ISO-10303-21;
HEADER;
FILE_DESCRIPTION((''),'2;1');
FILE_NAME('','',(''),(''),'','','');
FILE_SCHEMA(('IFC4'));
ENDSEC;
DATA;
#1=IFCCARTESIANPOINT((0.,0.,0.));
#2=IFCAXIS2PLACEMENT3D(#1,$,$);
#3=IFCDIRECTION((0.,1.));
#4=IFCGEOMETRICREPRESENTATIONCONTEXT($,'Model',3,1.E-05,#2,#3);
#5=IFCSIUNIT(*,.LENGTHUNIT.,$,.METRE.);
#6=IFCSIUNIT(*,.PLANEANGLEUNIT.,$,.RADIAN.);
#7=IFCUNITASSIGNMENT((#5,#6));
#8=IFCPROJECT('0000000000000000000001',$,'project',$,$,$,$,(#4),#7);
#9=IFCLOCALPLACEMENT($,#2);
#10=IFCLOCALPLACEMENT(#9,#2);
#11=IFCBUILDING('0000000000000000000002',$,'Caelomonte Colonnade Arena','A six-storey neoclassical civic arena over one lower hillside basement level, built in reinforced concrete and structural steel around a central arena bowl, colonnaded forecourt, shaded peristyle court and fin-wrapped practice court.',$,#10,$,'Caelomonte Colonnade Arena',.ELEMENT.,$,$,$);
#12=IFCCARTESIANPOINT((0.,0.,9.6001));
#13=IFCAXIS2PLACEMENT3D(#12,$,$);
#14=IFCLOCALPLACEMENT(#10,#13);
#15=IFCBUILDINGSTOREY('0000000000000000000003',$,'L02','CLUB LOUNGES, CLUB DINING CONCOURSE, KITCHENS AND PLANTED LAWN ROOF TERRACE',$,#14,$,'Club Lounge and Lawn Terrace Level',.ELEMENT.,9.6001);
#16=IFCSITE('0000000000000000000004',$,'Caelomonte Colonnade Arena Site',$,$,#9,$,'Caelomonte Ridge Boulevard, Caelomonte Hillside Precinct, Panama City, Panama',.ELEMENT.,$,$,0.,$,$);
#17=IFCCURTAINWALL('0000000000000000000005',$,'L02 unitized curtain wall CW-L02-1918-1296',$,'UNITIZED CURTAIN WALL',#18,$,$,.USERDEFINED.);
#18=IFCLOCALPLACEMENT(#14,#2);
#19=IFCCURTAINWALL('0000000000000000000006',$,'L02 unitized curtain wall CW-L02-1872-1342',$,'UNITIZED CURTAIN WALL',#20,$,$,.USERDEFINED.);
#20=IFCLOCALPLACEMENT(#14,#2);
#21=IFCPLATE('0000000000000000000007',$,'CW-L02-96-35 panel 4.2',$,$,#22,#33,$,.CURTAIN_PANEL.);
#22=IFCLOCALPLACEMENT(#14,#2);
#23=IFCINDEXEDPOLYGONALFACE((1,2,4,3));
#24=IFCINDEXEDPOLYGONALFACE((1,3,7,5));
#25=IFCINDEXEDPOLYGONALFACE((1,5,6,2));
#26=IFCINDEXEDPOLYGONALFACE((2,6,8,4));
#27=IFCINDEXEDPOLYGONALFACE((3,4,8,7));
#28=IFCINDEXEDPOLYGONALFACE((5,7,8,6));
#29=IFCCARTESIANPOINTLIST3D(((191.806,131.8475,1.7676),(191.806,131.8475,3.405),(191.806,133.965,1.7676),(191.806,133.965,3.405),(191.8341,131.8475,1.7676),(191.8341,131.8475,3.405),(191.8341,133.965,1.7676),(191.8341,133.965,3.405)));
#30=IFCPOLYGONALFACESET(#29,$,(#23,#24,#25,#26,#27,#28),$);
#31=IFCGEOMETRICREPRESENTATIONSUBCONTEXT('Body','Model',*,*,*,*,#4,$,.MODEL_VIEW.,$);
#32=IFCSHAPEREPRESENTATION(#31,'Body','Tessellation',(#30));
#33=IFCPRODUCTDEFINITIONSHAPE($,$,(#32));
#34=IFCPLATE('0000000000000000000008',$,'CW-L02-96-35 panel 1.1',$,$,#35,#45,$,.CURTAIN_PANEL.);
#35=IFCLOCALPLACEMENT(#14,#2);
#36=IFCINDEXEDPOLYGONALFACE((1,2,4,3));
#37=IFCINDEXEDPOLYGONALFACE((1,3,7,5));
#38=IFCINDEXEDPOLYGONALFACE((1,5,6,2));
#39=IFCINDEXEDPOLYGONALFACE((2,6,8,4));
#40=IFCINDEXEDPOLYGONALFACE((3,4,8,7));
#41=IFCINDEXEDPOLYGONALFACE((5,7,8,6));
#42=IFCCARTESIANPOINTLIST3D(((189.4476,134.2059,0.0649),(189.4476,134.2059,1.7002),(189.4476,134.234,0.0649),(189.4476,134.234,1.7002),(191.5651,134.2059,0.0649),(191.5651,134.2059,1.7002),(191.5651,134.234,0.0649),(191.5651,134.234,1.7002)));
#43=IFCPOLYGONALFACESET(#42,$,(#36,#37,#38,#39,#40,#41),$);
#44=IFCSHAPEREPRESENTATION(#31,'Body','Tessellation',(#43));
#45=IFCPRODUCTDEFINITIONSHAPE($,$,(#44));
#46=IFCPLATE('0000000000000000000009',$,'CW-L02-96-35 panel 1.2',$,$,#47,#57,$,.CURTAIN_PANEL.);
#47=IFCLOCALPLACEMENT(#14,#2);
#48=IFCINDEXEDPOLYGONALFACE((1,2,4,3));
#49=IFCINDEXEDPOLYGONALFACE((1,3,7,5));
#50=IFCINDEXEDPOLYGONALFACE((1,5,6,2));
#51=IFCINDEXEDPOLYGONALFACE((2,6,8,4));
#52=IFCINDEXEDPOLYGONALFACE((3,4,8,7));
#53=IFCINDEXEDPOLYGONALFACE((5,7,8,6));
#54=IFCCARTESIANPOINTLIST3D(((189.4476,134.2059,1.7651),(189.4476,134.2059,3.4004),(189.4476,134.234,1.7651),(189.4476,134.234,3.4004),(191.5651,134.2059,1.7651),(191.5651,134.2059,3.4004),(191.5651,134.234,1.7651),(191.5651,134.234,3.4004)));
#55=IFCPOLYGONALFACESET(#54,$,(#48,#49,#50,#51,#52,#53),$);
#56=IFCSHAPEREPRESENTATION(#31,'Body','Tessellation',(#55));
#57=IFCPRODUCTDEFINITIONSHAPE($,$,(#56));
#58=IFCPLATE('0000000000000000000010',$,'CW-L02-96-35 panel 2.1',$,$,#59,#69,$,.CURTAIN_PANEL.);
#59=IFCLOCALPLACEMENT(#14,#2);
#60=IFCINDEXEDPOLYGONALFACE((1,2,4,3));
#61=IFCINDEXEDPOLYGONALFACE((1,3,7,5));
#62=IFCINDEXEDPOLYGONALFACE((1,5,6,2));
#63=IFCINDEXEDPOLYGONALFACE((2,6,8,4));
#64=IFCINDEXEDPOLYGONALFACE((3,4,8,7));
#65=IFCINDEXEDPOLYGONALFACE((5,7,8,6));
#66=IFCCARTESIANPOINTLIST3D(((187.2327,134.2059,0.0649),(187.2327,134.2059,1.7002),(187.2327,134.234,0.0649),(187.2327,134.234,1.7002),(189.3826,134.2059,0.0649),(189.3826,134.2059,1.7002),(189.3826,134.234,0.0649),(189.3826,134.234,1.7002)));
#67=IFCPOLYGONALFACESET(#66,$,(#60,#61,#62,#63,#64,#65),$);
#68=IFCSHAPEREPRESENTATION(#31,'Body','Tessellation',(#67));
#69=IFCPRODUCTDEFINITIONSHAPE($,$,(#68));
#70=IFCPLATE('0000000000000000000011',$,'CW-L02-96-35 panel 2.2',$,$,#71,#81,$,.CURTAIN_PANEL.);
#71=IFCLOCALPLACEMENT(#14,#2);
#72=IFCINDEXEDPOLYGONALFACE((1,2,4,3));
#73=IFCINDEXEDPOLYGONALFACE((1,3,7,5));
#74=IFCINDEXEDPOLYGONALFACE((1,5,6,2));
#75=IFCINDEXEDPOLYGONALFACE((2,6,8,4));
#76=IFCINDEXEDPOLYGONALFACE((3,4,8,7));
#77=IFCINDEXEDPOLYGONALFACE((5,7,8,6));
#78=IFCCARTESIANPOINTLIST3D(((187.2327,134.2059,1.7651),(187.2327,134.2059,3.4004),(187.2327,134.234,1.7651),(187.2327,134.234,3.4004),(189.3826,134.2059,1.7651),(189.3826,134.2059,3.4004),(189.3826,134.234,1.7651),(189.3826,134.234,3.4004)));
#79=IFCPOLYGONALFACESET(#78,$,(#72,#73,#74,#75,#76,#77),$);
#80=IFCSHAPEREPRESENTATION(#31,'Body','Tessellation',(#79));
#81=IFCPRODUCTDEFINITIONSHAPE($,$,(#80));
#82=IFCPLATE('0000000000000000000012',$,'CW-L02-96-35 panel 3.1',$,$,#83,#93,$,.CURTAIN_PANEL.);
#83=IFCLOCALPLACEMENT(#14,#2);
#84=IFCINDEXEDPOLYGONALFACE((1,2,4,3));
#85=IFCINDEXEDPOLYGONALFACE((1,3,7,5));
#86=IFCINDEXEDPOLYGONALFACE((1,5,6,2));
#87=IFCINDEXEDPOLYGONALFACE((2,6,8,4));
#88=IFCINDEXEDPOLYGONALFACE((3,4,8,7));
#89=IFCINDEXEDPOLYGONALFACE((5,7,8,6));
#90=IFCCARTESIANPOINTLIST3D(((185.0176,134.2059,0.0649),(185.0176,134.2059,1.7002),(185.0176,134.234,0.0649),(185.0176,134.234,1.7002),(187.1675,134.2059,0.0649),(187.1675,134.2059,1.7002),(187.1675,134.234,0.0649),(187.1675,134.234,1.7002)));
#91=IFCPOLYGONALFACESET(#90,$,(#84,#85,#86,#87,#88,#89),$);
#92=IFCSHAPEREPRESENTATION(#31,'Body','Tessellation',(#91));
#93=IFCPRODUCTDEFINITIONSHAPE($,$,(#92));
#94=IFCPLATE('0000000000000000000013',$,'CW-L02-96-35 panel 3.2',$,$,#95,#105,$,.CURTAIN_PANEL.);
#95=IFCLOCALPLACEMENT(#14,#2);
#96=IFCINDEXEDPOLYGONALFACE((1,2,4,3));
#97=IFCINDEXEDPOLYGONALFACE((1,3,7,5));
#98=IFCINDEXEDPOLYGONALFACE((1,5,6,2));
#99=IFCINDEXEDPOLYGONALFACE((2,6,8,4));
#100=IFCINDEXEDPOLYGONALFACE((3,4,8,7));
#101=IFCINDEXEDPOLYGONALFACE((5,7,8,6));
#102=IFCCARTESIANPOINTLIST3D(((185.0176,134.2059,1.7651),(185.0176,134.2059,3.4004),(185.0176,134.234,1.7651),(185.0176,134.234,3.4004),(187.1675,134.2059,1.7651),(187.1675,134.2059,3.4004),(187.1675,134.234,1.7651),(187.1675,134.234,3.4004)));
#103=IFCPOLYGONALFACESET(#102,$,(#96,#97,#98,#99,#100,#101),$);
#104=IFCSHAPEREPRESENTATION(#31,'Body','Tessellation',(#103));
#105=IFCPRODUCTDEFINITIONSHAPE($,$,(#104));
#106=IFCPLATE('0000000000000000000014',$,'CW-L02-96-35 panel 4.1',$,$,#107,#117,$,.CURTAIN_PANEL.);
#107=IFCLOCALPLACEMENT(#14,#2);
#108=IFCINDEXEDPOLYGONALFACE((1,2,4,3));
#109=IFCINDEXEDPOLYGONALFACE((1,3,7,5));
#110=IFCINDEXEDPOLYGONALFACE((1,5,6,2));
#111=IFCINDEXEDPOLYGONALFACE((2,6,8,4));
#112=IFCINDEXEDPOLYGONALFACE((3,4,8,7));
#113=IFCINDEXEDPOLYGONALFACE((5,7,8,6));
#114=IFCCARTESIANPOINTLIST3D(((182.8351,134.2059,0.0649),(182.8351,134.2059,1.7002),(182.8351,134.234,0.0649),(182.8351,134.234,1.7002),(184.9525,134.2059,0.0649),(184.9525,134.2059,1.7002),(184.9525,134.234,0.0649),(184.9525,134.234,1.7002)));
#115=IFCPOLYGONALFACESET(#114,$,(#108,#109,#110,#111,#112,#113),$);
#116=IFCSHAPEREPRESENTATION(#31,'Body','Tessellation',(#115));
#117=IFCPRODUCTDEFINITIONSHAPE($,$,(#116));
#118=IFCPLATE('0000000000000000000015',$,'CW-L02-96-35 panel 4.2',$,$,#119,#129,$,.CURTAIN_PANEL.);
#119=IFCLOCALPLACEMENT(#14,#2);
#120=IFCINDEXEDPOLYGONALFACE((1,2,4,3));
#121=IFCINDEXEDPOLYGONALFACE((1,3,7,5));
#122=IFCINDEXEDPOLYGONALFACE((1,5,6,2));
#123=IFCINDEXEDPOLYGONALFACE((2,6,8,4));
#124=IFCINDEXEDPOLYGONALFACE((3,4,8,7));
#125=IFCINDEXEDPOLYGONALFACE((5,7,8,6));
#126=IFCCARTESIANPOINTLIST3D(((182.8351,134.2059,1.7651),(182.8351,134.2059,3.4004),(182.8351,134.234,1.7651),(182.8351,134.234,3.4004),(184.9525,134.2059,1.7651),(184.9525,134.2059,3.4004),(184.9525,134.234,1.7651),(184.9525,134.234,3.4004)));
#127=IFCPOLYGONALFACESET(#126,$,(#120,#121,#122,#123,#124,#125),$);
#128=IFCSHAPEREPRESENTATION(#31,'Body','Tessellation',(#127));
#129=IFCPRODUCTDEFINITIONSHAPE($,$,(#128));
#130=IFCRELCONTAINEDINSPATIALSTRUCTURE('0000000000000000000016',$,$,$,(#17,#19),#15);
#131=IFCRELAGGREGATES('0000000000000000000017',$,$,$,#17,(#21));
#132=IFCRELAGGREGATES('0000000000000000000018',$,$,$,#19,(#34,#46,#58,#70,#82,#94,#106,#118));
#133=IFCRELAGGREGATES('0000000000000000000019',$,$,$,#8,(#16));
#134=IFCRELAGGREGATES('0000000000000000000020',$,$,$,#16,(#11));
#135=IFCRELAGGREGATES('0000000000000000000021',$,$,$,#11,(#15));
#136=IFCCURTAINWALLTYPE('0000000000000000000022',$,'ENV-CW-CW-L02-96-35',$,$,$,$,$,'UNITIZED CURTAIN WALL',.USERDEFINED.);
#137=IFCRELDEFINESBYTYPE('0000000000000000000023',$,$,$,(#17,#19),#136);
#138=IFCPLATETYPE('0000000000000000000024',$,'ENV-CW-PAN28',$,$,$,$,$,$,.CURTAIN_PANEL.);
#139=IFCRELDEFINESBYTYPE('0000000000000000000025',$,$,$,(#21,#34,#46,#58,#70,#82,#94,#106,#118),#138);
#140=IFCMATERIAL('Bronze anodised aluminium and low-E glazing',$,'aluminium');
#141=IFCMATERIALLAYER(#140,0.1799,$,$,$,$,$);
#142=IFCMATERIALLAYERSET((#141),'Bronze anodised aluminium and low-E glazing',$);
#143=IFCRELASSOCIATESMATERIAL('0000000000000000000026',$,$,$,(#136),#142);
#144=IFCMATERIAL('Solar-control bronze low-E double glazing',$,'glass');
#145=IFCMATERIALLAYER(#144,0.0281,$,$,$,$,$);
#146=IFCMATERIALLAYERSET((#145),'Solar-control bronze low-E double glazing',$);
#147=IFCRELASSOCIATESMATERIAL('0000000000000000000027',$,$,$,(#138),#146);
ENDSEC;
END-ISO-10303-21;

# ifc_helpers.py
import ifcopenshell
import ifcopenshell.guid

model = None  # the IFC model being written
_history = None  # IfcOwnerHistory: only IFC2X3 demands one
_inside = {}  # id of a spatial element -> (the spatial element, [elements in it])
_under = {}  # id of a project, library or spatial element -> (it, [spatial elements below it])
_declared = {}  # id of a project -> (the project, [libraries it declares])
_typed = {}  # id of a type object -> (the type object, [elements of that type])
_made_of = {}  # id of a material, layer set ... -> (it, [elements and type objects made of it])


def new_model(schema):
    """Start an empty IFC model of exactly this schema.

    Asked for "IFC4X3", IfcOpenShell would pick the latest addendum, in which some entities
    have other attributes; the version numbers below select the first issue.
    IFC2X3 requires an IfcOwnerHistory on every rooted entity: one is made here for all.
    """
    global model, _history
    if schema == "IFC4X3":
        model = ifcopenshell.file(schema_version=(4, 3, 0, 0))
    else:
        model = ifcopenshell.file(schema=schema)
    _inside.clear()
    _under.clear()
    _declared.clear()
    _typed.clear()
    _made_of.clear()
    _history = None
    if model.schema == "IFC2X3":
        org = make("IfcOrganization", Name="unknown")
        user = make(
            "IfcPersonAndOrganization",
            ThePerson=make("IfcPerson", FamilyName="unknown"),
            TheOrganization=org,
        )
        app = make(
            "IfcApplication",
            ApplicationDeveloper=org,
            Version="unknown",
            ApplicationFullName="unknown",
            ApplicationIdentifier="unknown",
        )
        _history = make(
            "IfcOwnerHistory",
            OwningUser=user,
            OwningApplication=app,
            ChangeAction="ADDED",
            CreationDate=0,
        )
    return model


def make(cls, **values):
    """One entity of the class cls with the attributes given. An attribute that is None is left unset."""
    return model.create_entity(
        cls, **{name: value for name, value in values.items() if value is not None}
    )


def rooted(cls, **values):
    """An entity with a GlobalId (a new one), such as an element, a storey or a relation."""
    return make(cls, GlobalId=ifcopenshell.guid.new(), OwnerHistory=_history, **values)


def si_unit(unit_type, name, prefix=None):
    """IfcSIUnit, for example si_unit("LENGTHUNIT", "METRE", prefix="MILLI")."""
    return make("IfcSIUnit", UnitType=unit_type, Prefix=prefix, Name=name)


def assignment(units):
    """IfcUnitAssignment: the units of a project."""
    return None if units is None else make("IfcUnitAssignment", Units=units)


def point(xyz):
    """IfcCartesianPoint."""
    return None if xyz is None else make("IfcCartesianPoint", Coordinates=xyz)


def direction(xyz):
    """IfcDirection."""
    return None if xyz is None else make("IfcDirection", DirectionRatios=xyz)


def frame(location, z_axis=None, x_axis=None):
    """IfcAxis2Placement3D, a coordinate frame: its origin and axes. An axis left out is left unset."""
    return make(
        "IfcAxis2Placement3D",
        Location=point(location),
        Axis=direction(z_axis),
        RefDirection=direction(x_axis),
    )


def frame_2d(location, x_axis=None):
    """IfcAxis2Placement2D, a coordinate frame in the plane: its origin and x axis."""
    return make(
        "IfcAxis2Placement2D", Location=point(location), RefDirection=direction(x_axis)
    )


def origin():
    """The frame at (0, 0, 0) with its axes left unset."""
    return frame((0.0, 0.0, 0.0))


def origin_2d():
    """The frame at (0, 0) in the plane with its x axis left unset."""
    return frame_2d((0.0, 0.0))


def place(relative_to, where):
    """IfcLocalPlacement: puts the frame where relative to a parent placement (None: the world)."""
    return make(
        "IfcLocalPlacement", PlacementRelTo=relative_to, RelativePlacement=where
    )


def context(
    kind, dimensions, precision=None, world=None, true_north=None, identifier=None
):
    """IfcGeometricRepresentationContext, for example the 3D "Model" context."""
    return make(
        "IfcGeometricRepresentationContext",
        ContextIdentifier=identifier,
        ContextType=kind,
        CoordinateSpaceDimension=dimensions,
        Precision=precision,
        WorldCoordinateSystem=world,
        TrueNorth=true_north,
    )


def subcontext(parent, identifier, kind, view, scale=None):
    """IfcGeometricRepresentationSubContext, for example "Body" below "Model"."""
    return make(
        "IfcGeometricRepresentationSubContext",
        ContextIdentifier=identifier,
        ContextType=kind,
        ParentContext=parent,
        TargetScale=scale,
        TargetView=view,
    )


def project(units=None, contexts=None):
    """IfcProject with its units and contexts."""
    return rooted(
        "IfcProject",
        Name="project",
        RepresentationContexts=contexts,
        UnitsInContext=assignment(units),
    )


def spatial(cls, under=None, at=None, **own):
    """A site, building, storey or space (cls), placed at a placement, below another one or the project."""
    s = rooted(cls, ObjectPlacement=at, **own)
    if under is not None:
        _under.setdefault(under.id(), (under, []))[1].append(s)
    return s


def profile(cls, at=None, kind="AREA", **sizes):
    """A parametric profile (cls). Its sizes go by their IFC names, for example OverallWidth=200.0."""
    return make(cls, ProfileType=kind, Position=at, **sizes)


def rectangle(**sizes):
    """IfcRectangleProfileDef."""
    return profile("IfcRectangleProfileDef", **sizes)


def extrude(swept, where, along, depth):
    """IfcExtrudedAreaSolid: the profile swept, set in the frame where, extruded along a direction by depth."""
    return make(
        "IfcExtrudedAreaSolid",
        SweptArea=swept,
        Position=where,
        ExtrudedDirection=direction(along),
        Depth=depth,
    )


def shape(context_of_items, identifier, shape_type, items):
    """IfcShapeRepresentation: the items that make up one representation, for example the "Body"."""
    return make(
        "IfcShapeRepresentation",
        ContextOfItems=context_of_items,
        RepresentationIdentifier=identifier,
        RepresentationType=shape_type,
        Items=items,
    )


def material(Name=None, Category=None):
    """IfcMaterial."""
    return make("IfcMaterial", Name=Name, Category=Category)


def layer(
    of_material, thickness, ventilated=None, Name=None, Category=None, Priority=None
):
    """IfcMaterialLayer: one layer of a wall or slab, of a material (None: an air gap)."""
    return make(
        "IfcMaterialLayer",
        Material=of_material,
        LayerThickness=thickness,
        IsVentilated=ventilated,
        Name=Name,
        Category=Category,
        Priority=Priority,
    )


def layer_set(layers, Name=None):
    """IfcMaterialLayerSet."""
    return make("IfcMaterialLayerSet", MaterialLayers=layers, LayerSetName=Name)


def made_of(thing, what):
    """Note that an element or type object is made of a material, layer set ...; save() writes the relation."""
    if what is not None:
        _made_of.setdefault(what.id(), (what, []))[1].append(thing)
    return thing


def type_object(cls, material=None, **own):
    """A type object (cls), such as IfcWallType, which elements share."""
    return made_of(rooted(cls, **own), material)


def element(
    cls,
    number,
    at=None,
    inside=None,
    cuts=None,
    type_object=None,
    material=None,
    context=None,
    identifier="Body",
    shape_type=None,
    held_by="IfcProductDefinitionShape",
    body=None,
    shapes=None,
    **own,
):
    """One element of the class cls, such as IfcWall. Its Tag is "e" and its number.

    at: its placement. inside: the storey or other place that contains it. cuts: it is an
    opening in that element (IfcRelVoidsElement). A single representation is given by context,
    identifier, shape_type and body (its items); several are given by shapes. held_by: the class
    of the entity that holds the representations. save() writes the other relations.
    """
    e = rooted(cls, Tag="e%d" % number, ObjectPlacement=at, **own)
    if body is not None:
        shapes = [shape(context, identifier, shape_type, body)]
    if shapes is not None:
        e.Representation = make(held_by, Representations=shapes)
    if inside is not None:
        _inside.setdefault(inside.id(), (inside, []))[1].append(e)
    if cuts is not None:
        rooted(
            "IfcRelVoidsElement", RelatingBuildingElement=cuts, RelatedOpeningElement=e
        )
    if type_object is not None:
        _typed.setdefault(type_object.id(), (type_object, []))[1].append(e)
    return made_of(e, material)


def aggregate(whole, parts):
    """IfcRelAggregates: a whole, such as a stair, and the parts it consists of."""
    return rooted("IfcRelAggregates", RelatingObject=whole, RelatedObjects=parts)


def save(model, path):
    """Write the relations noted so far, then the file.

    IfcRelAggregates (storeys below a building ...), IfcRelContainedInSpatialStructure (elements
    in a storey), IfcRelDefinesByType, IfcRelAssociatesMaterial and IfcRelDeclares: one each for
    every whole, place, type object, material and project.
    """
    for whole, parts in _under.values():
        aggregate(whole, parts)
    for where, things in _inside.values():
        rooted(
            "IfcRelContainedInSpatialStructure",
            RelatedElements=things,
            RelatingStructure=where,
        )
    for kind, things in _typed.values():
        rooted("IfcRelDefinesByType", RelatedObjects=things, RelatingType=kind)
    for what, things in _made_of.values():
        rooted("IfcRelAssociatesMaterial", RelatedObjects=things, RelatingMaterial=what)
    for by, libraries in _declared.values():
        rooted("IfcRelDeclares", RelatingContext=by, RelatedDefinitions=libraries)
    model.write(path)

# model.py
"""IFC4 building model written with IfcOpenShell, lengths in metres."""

from ifc_helpers import new_model, si_unit, direction, frame, origin, origin_2d, place, context, subcontext, project, spatial, rectangle, extrude, material, layer, layer_set, type_object, element, aggregate, save


model = new_model("IFC4")

# Units and contexts
model_context = context("Model", 3, precision=1e-05, world=origin(), true_north=direction((0.0, 1.0)))
body_context = subcontext(model_context, "Body", "Model", "MODEL_VIEW")
ifc_project = project(units=[si_unit("LENGTHUNIT", "METRE"), si_unit("PLANEANGLEUNIT", "RADIAN")], contexts=[model_context])

# Site, building, storey
site_placement = place(None, origin())
site = spatial("IfcSite", under=ifc_project, at=site_placement, Name="Caelomonte Colonnade Arena Site", LongName="Caelomonte Ridge Boulevard, Caelomonte Hillside Precinct, Panama City, Panama", CompositionType="ELEMENT", RefElevation=0.0)
building_placement = place(site_placement, origin())
building = spatial("IfcBuilding", under=site, at=building_placement, Name="Caelomonte Colonnade Arena", Description="A six-storey neoclassical civic arena over one lower hillside basement level, built in reinforced concrete and structural steel around a central arena bowl, colonnaded forecourt, shaded peristyle court and fin-wrapped practice court.", LongName="Caelomonte Colonnade Arena", CompositionType="ELEMENT")
storey_placement = place(building_placement, frame((0.0, 0.0, 9.6001)))
storey = spatial("IfcBuildingStorey", under=building, at=storey_placement, Name="L02", Description="CLUB LOUNGES, CLUB DINING CONCOURSE, KITCHENS AND PLANTED LAWN ROOF TERRACE", LongName="Club Lounge and Lawn Terrace Level", CompositionType="ELEMENT", Elevation=9.6001)

# Curtain wall
ifc_material_1 = material(Name="Bronze anodised aluminium and low-E glazing", Category="aluminium")
ifc_layer_1 = layer(ifc_material_1, 0.1799)
ifc_layer_set_1 = layer_set([ifc_layer_1], Name="Bronze anodised aluminium and low-E glazing")
curtain_wall_type = type_object("IfcCurtainWallType", Name="ENV-CW-CW-L02-96-35", ElementType="UNITIZED CURTAIN WALL", PredefinedType="USERDEFINED", material=ifc_layer_set_1)
curtain_wall_1_placement = place(storey_placement, origin())
curtain_wall_1 = element("IfcCurtainWall", 1, at=curtain_wall_1_placement, inside=storey, type_object=curtain_wall_type, Name="L02 unitized curtain wall CW-L02-1918-1296", ObjectType="UNITIZED CURTAIN WALL", PredefinedType="USERDEFINED")

# Curtain wall
curtain_wall_2_placement = place(storey_placement, origin())
curtain_wall_2 = element("IfcCurtainWall", 2, at=curtain_wall_2_placement, inside=storey, type_object=curtain_wall_type, Name="L02 unitized curtain wall CW-L02-1872-1342", ObjectType="UNITIZED CURTAIN WALL", PredefinedType="USERDEFINED")

# Plates
ifc_material_2 = material(Name="Solar-control bronze low-E double glazing", Category="glass")
ifc_layer_2 = layer(ifc_material_2, 0.0281)
ifc_layer_set_2 = layer_set([ifc_layer_2], Name="Solar-control bronze low-E double glazing")
plate_type = type_object("IfcPlateType", Name="ENV-CW-PAN28", PredefinedType="CURTAIN_PANEL", material=ifc_layer_set_2)
plate_1_placement = place(storey_placement, frame((191.8201, 132.9062, 1.7676), z_axis=(0.0, 0.0, 1.0), x_axis=(0.0, 1.0, 0.0)))
plate_1 = element("IfcPlate", 3, at=plate_1_placement, type_object=plate_type, Name="CW-L02-96-35 panel 4.2", PredefinedType="CURTAIN_PANEL", context=body_context, shape_type="SweptSolid", body=[
    extrude(rectangle(XDim=2.1174, YDim=0.0281, at=origin_2d()), origin(), (0.0, 0.0, 1.0), 1.6375),
])
aggregate(curtain_wall_1, [plate_1])
plate_2_placement = place(storey_placement, frame((190.5063, 134.22, 0.0649), z_axis=(0.0, 0.0, 1.0), x_axis=(-1.0, 0.0, 0.0)))
plate_2 = element("IfcPlate", 4, at=plate_2_placement, type_object=plate_type, Name="CW-L02-96-35 panel 1.1", PredefinedType="CURTAIN_PANEL", context=body_context, shape_type="SweptSolid", body=[
    extrude(rectangle(XDim=2.1174, YDim=0.0281, at=origin_2d()), origin(), (0.0, 0.0, 1.0), 1.6353),
])
plate_3_placement = place(storey_placement, frame((190.5063, 134.22, 1.7651), z_axis=(0.0, 0.0, 1.0), x_axis=(-1.0, 0.0, 0.0)))
plate_3 = element("IfcPlate", 5, at=plate_3_placement, type_object=plate_type, Name="CW-L02-96-35 panel 1.2", PredefinedType="CURTAIN_PANEL", context=body_context, shape_type="SweptSolid", body=[
    extrude(rectangle(XDim=2.1174, YDim=0.0281, at=origin_2d()), origin(), (0.0, 0.0, 1.0), 1.6353),
])
plate_4_placement = place(storey_placement, frame((188.3076, 134.22, 0.0649), z_axis=(0.0, 0.0, 1.0), x_axis=(-1.0, 0.0, 0.0)))
plate_4 = element("IfcPlate", 6, at=plate_4_placement, type_object=plate_type, Name="CW-L02-96-35 panel 2.1", PredefinedType="CURTAIN_PANEL", context=body_context, shape_type="SweptSolid", body=[
    extrude(rectangle(XDim=2.1499, YDim=0.0281, at=origin_2d()), origin(), (0.0, 0.0, 1.0), 1.6353),
])
plate_5_placement = place(storey_placement, frame((188.3076, 134.22, 1.7651), z_axis=(0.0, 0.0, 1.0), x_axis=(-1.0, 0.0, 0.0)))
plate_5 = element("IfcPlate", 7, at=plate_5_placement, type_object=plate_type, Name="CW-L02-96-35 panel 2.2", PredefinedType="CURTAIN_PANEL", context=body_context, shape_type="SweptSolid", body=[
    extrude(rectangle(XDim=2.1499, YDim=0.0281, at=origin_2d()), origin(), (0.0, 0.0, 1.0), 1.6353),
])
plate_6_placement = place(storey_placement, frame((186.0925, 134.22, 0.0649), z_axis=(0.0, 0.0, 1.0), x_axis=(-1.0, 0.0, 0.0)))
plate_6 = element("IfcPlate", 8, at=plate_6_placement, type_object=plate_type, Name="CW-L02-96-35 panel 3.1", PredefinedType="CURTAIN_PANEL", context=body_context, shape_type="SweptSolid", body=[
    extrude(rectangle(XDim=2.1499, YDim=0.0281, at=origin_2d()), origin(), (0.0, 0.0, 1.0), 1.6353),
])
plate_7_placement = place(storey_placement, frame((186.0925, 134.22, 1.7651), z_axis=(0.0, 0.0, 1.0), x_axis=(-1.0, 0.0, 0.0)))
plate_7 = element("IfcPlate", 9, at=plate_7_placement, type_object=plate_type, Name="CW-L02-96-35 panel 3.2", PredefinedType="CURTAIN_PANEL", context=body_context, shape_type="SweptSolid", body=[
    extrude(rectangle(XDim=2.1499, YDim=0.0281, at=origin_2d()), origin(), (0.0, 0.0, 1.0), 1.6353),
])
plate_8_placement = place(storey_placement, frame((183.8938, 134.22, 0.0649), z_axis=(0.0, 0.0, 1.0), x_axis=(-1.0, 0.0, 0.0)))
plate_8 = element("IfcPlate", 10, at=plate_8_placement, type_object=plate_type, Name="CW-L02-96-35 panel 4.1", PredefinedType="CURTAIN_PANEL", context=body_context, shape_type="SweptSolid", body=[
    extrude(rectangle(XDim=2.1174, YDim=0.0281, at=origin_2d()), origin(), (0.0, 0.0, 1.0), 1.6353),
])
plate_9_placement = place(storey_placement, frame((183.8938, 134.22, 1.7651), z_axis=(0.0, 0.0, 1.0), x_axis=(-1.0, 0.0, 0.0)))
plate_9 = element("IfcPlate", 11, at=plate_9_placement, type_object=plate_type, Name="CW-L02-96-35 panel 4.2", PredefinedType="CURTAIN_PANEL", context=body_context, shape_type="SweptSolid", body=[
    extrude(rectangle(XDim=2.1174, YDim=0.0281, at=origin_2d()), origin(), (0.0, 0.0, 1.0), 1.6353),
])
aggregate(curtain_wall_2, [plate_2, plate_3, plate_4, plate_5, plate_6, plate_7, plate_8, plate_9])

save(model, "model.ifc")
